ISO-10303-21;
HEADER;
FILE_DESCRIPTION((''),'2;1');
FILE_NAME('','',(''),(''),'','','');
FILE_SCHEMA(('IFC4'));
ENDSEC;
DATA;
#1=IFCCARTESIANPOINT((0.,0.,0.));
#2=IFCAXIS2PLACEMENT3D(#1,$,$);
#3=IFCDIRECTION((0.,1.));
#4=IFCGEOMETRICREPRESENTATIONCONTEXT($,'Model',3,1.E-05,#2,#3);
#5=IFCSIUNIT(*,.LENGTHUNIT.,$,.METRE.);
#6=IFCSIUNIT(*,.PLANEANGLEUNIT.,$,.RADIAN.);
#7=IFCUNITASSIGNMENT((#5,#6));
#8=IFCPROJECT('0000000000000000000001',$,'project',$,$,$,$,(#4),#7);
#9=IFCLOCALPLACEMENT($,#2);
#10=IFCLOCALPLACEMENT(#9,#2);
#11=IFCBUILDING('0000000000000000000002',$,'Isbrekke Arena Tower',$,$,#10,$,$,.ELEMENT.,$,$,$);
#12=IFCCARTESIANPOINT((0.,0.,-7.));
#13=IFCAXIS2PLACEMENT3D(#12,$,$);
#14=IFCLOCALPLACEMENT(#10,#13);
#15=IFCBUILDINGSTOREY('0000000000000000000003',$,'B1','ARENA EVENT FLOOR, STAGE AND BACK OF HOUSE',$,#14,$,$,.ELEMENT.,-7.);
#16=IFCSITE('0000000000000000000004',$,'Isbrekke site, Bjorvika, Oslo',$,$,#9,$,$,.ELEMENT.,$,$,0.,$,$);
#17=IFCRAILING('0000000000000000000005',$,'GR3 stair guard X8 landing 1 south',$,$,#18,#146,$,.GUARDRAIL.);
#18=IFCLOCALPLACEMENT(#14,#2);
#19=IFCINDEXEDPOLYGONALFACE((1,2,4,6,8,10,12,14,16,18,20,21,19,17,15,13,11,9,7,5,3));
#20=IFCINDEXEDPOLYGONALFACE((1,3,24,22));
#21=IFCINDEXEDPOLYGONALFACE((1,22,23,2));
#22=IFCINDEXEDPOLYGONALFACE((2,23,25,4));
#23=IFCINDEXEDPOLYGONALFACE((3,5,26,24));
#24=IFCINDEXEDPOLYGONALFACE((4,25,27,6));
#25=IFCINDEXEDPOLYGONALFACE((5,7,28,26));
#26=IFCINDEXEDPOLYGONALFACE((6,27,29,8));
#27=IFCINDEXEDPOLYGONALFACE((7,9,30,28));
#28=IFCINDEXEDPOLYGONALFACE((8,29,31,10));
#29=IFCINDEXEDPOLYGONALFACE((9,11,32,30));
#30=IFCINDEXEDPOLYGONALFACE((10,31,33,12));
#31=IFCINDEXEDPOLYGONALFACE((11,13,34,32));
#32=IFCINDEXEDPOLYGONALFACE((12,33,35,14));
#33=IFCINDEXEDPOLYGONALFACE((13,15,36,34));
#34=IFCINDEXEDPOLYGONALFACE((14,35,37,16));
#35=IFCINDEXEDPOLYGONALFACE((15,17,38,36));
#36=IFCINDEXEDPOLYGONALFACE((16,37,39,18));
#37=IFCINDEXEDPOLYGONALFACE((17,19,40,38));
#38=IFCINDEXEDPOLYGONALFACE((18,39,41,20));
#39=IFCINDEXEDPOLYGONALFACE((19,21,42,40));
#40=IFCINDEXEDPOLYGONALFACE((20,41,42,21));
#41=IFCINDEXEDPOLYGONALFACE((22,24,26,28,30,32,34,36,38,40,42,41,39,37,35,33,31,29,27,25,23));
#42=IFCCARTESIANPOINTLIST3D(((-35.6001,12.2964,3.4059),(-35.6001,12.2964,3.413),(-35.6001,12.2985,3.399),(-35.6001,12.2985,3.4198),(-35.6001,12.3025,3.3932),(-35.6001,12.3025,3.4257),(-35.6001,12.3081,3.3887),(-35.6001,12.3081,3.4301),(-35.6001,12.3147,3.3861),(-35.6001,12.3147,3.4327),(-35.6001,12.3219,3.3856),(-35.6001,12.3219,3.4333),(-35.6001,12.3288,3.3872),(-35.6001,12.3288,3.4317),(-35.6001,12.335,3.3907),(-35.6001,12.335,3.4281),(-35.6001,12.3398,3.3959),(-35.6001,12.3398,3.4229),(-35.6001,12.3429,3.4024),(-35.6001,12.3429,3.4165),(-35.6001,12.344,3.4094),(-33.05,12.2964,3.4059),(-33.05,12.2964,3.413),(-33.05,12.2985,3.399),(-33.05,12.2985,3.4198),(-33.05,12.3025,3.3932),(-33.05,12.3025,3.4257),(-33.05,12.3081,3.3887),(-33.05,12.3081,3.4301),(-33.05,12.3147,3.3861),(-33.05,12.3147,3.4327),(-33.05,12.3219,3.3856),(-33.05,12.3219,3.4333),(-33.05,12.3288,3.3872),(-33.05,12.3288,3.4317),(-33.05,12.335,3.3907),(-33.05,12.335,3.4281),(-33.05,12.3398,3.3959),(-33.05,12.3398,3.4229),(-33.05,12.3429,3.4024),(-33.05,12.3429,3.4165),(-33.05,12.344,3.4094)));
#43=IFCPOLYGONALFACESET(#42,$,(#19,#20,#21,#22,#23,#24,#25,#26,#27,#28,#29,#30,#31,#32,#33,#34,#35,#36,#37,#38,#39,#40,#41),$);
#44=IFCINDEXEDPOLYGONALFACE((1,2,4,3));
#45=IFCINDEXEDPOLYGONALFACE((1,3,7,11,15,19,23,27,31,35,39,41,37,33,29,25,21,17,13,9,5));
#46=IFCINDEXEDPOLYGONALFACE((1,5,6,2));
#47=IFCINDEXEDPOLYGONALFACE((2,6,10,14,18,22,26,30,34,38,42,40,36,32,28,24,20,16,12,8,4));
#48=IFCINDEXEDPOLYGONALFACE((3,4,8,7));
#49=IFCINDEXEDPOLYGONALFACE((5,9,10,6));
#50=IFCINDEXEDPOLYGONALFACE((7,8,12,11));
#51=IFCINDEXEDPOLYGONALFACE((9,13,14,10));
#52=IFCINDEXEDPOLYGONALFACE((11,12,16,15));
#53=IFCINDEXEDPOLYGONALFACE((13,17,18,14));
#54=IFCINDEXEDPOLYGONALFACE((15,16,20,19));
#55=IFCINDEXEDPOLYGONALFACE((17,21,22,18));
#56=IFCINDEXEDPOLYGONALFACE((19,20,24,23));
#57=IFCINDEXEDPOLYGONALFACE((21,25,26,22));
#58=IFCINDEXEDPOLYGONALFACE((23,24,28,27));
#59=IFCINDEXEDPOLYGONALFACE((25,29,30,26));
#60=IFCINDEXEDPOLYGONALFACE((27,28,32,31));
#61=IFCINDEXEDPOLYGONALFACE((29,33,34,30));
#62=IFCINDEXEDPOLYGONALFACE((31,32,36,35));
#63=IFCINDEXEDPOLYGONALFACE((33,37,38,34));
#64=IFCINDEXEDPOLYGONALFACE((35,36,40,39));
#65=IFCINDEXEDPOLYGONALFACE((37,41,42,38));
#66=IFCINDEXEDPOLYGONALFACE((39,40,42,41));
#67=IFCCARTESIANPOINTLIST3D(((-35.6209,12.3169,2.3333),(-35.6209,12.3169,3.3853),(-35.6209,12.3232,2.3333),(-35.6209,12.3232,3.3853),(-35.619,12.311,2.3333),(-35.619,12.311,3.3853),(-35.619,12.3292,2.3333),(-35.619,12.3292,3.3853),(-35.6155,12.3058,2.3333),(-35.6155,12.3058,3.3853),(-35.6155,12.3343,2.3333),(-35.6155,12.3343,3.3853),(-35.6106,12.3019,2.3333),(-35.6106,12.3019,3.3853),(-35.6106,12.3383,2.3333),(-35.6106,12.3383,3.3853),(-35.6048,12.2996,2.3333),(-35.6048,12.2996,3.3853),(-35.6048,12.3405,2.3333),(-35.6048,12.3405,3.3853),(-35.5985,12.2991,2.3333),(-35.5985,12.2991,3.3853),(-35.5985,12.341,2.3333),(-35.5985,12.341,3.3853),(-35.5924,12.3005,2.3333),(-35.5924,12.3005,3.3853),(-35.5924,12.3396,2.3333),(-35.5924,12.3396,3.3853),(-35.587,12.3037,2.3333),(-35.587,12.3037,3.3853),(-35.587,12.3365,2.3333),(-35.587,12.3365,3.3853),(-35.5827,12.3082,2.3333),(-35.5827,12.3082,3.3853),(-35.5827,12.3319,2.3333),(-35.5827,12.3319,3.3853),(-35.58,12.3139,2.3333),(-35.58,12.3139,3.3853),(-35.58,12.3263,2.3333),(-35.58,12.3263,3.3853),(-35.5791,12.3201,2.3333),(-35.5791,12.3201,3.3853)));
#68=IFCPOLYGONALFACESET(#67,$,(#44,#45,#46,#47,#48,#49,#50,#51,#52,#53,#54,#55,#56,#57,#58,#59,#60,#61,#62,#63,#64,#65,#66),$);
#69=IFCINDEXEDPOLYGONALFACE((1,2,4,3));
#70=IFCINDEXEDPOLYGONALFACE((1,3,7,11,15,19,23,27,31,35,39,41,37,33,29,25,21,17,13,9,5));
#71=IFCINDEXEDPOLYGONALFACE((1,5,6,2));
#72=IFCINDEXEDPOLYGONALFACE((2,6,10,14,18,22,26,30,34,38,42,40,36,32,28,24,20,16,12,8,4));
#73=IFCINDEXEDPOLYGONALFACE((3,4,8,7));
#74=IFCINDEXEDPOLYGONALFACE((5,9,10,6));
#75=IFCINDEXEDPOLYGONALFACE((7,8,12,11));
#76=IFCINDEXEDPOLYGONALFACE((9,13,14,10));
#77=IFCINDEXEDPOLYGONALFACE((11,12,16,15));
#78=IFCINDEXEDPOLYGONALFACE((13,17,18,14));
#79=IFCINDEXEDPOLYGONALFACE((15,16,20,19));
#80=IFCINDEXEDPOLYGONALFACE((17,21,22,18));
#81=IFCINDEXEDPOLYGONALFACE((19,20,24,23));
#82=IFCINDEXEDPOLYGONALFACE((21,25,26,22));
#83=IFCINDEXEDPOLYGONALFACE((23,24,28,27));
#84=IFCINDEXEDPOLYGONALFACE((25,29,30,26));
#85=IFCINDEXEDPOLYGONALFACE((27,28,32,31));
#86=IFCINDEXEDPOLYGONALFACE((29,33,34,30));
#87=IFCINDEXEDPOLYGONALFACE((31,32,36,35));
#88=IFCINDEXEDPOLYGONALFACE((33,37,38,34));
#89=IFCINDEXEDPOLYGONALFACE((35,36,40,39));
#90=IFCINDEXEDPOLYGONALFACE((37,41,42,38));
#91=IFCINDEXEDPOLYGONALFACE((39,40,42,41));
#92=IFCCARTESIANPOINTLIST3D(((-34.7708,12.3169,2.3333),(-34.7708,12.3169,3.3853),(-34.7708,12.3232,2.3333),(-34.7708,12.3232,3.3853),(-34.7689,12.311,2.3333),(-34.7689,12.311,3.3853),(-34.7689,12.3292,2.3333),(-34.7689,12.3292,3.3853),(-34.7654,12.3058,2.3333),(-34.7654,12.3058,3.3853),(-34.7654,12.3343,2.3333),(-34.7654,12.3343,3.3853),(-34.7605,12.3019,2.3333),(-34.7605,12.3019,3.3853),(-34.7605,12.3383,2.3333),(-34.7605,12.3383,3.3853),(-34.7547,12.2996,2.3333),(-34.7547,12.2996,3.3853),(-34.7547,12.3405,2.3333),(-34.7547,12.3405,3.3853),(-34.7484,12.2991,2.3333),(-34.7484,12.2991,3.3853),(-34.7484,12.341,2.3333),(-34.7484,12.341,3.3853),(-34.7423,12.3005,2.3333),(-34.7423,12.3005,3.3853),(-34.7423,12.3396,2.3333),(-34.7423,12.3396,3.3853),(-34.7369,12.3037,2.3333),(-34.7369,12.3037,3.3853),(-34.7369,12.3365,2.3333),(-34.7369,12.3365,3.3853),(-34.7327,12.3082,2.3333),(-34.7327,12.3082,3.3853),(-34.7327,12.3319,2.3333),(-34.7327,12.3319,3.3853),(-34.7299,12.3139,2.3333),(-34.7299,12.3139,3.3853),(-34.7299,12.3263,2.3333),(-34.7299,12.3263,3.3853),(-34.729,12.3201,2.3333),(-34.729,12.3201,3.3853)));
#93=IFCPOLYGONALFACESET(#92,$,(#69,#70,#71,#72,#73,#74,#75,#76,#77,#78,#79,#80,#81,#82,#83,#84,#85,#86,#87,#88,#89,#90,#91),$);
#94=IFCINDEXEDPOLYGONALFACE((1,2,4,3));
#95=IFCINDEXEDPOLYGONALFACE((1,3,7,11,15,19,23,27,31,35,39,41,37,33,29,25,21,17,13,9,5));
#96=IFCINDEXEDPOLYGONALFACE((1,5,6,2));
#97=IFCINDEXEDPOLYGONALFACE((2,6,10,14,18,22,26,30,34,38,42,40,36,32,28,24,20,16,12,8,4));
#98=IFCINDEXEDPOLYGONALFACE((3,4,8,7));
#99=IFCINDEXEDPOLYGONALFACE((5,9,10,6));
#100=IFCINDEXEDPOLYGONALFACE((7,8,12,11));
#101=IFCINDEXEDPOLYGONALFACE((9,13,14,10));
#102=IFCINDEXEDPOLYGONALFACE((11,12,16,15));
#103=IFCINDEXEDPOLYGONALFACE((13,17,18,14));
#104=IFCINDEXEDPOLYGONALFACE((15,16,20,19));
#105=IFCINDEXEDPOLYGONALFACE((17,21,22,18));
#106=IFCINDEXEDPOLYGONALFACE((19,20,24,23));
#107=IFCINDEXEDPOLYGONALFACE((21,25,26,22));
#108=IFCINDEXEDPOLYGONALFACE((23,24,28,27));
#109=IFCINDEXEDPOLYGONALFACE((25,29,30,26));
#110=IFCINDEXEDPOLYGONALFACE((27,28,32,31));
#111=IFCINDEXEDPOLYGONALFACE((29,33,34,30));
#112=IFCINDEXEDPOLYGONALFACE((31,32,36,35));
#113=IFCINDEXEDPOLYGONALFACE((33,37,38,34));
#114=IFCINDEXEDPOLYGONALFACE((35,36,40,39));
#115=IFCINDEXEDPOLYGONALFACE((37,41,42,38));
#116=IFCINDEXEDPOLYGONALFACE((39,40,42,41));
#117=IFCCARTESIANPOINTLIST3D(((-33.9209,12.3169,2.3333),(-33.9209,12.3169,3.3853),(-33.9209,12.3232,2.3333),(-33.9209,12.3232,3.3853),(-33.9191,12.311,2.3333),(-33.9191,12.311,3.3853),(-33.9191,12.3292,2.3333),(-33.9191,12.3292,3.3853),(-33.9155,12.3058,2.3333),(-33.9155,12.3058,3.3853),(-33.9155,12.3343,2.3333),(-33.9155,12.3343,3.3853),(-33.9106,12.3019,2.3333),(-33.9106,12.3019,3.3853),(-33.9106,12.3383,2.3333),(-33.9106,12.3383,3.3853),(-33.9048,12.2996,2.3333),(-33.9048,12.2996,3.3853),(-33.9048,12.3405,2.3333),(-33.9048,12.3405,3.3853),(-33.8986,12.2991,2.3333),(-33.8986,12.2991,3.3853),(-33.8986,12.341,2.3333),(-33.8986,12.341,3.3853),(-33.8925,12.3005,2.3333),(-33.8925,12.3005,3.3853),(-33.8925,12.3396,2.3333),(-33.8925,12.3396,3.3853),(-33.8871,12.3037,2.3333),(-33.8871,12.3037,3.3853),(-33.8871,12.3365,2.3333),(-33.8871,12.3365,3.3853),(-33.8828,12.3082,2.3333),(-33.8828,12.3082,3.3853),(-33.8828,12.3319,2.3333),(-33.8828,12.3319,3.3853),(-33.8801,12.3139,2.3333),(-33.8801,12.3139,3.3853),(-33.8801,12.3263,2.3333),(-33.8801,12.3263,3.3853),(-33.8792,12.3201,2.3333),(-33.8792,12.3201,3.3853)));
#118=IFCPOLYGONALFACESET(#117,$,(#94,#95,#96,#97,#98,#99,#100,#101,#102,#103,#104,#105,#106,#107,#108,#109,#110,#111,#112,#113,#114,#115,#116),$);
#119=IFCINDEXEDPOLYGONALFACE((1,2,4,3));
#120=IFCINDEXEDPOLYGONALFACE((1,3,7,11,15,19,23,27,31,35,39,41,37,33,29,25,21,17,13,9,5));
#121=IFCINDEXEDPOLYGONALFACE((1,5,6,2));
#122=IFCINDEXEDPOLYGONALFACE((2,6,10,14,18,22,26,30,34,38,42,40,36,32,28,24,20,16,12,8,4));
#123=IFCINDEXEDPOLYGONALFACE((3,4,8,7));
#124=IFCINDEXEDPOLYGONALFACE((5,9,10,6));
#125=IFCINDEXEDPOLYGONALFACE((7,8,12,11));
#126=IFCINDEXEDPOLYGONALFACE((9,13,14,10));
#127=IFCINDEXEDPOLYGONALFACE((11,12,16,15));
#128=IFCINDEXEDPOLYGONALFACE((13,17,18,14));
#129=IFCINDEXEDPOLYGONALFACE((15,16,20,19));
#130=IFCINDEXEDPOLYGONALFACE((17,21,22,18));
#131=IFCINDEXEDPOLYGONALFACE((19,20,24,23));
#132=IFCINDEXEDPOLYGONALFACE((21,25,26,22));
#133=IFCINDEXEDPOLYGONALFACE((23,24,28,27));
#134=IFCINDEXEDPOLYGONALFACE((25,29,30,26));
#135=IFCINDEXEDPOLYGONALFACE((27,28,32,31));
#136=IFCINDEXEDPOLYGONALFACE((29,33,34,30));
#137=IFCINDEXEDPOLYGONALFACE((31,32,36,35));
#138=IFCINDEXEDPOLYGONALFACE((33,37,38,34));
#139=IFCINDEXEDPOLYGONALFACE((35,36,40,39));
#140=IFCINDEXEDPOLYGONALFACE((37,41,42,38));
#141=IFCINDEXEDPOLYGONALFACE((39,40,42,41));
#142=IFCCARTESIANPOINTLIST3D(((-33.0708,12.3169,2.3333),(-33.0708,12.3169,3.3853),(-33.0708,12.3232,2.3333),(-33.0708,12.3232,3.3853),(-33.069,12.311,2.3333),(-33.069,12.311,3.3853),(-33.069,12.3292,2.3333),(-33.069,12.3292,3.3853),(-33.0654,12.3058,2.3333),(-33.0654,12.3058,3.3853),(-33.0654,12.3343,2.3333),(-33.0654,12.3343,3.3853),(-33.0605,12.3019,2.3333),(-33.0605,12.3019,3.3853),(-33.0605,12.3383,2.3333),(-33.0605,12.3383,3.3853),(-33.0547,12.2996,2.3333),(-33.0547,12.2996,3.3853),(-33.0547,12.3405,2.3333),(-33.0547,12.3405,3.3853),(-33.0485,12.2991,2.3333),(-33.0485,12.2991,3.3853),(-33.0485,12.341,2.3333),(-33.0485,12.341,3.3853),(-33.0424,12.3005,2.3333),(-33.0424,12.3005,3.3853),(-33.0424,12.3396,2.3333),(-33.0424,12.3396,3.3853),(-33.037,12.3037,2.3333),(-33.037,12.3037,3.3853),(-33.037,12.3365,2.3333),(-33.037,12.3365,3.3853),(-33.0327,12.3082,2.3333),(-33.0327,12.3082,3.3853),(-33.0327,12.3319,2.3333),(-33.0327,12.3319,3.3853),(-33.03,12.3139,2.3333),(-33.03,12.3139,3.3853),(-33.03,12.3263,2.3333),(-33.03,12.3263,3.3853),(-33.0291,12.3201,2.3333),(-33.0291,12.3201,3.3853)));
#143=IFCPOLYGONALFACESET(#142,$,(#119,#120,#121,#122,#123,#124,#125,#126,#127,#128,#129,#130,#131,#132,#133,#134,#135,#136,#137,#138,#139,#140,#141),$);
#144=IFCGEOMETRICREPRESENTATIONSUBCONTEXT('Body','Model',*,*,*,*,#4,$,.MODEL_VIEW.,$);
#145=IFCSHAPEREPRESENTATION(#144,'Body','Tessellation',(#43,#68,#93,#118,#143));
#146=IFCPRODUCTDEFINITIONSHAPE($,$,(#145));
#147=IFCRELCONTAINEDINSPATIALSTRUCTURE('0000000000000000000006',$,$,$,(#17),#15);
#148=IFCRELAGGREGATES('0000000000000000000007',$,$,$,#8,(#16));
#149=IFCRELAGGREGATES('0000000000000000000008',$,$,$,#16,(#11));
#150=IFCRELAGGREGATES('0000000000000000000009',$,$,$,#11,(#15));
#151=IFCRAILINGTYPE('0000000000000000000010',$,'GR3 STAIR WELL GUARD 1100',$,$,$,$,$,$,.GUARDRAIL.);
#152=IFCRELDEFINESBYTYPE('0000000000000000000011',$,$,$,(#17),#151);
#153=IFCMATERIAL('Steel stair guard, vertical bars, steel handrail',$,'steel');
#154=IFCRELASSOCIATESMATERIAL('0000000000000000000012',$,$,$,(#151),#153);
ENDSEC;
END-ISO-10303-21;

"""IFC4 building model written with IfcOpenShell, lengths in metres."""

from ifc_helpers import new_model, si_unit, direction, frame, origin, origin_2d, place, context, subcontext, project, spatial, circle, extrude, material, type_object, element, save


model = new_model("IFC4")

# Units and contexts
model_context = context("Model", 3, precision=1e-05, world=origin(), true_north=direction((0.0, 1.0)))
body_context = subcontext(model_context, "Body", "Model", "MODEL_VIEW")
ifc_project = project(units=[si_unit("LENGTHUNIT", "METRE"), si_unit("PLANEANGLEUNIT", "RADIAN")], contexts=[model_context])

# Site, building, storey
site_placement = place(None, origin())
site = spatial("IfcSite", under=ifc_project, at=site_placement, Name="Isbrekke site, Bjorvika, Oslo", CompositionType="ELEMENT", RefElevation=0.0)
building_placement = place(site_placement, origin())
building = spatial("IfcBuilding", under=site, at=building_placement, Name="Isbrekke Arena Tower", CompositionType="ELEMENT")
storey_placement = place(building_placement, frame((0.0, 0.0, -7.0)))
storey = spatial("IfcBuildingStorey", under=building, at=storey_placement, Name="B1", Description="ARENA EVENT FLOOR, STAGE AND BACK OF HOUSE", CompositionType="ELEMENT", Elevation=-7.0)

# Railing
ifc_material_1 = material(Name="Steel stair guard, vertical bars, steel handrail", Category="steel")
railing_type = type_object("IfcRailingType", Name="GR3 STAIR WELL GUARD 1100", PredefinedType="GUARDRAIL", material=ifc_material_1)
railing_1_placement = place(storey_placement, frame((-35.6001, 12.3201, 2.3333)))
element("IfcRailing", 1, at=railing_1_placement, inside=storey, type_object=railing_type, Name="GR3 stair guard X8 landing 1 south", PredefinedType="GUARDRAIL", context=body_context, shape_type="SweptSolid", body=[
    extrude(circle(Radius=0.0239, at=origin_2d()), frame((0.0, 0.0, 1.0762), z_axis=(1.0, 0.0, 0.0), x_axis=(0.0, 1.0, 0.0)), (0.0, 0.0, 1.0), 2.55),
    extrude(circle(Radius=0.021, at=origin_2d()), origin(), (0.0, 0.0, 1.0), 1.052),
    extrude(circle(Radius=0.021, at=origin_2d()), frame((0.8501, 0.0, 0.0)), (0.0, 0.0, 1.0), 1.052),
    extrude(circle(Radius=0.021, at=origin_2d()), frame((1.7, 0.0, 0.0)), (0.0, 0.0, 1.0), 1.052),
    extrude(circle(Radius=0.021, at=origin_2d()), frame((2.55, 0.0, 0.0)), (0.0, 0.0, 1.0), 1.052),
])

save(model, "model.ifc")
